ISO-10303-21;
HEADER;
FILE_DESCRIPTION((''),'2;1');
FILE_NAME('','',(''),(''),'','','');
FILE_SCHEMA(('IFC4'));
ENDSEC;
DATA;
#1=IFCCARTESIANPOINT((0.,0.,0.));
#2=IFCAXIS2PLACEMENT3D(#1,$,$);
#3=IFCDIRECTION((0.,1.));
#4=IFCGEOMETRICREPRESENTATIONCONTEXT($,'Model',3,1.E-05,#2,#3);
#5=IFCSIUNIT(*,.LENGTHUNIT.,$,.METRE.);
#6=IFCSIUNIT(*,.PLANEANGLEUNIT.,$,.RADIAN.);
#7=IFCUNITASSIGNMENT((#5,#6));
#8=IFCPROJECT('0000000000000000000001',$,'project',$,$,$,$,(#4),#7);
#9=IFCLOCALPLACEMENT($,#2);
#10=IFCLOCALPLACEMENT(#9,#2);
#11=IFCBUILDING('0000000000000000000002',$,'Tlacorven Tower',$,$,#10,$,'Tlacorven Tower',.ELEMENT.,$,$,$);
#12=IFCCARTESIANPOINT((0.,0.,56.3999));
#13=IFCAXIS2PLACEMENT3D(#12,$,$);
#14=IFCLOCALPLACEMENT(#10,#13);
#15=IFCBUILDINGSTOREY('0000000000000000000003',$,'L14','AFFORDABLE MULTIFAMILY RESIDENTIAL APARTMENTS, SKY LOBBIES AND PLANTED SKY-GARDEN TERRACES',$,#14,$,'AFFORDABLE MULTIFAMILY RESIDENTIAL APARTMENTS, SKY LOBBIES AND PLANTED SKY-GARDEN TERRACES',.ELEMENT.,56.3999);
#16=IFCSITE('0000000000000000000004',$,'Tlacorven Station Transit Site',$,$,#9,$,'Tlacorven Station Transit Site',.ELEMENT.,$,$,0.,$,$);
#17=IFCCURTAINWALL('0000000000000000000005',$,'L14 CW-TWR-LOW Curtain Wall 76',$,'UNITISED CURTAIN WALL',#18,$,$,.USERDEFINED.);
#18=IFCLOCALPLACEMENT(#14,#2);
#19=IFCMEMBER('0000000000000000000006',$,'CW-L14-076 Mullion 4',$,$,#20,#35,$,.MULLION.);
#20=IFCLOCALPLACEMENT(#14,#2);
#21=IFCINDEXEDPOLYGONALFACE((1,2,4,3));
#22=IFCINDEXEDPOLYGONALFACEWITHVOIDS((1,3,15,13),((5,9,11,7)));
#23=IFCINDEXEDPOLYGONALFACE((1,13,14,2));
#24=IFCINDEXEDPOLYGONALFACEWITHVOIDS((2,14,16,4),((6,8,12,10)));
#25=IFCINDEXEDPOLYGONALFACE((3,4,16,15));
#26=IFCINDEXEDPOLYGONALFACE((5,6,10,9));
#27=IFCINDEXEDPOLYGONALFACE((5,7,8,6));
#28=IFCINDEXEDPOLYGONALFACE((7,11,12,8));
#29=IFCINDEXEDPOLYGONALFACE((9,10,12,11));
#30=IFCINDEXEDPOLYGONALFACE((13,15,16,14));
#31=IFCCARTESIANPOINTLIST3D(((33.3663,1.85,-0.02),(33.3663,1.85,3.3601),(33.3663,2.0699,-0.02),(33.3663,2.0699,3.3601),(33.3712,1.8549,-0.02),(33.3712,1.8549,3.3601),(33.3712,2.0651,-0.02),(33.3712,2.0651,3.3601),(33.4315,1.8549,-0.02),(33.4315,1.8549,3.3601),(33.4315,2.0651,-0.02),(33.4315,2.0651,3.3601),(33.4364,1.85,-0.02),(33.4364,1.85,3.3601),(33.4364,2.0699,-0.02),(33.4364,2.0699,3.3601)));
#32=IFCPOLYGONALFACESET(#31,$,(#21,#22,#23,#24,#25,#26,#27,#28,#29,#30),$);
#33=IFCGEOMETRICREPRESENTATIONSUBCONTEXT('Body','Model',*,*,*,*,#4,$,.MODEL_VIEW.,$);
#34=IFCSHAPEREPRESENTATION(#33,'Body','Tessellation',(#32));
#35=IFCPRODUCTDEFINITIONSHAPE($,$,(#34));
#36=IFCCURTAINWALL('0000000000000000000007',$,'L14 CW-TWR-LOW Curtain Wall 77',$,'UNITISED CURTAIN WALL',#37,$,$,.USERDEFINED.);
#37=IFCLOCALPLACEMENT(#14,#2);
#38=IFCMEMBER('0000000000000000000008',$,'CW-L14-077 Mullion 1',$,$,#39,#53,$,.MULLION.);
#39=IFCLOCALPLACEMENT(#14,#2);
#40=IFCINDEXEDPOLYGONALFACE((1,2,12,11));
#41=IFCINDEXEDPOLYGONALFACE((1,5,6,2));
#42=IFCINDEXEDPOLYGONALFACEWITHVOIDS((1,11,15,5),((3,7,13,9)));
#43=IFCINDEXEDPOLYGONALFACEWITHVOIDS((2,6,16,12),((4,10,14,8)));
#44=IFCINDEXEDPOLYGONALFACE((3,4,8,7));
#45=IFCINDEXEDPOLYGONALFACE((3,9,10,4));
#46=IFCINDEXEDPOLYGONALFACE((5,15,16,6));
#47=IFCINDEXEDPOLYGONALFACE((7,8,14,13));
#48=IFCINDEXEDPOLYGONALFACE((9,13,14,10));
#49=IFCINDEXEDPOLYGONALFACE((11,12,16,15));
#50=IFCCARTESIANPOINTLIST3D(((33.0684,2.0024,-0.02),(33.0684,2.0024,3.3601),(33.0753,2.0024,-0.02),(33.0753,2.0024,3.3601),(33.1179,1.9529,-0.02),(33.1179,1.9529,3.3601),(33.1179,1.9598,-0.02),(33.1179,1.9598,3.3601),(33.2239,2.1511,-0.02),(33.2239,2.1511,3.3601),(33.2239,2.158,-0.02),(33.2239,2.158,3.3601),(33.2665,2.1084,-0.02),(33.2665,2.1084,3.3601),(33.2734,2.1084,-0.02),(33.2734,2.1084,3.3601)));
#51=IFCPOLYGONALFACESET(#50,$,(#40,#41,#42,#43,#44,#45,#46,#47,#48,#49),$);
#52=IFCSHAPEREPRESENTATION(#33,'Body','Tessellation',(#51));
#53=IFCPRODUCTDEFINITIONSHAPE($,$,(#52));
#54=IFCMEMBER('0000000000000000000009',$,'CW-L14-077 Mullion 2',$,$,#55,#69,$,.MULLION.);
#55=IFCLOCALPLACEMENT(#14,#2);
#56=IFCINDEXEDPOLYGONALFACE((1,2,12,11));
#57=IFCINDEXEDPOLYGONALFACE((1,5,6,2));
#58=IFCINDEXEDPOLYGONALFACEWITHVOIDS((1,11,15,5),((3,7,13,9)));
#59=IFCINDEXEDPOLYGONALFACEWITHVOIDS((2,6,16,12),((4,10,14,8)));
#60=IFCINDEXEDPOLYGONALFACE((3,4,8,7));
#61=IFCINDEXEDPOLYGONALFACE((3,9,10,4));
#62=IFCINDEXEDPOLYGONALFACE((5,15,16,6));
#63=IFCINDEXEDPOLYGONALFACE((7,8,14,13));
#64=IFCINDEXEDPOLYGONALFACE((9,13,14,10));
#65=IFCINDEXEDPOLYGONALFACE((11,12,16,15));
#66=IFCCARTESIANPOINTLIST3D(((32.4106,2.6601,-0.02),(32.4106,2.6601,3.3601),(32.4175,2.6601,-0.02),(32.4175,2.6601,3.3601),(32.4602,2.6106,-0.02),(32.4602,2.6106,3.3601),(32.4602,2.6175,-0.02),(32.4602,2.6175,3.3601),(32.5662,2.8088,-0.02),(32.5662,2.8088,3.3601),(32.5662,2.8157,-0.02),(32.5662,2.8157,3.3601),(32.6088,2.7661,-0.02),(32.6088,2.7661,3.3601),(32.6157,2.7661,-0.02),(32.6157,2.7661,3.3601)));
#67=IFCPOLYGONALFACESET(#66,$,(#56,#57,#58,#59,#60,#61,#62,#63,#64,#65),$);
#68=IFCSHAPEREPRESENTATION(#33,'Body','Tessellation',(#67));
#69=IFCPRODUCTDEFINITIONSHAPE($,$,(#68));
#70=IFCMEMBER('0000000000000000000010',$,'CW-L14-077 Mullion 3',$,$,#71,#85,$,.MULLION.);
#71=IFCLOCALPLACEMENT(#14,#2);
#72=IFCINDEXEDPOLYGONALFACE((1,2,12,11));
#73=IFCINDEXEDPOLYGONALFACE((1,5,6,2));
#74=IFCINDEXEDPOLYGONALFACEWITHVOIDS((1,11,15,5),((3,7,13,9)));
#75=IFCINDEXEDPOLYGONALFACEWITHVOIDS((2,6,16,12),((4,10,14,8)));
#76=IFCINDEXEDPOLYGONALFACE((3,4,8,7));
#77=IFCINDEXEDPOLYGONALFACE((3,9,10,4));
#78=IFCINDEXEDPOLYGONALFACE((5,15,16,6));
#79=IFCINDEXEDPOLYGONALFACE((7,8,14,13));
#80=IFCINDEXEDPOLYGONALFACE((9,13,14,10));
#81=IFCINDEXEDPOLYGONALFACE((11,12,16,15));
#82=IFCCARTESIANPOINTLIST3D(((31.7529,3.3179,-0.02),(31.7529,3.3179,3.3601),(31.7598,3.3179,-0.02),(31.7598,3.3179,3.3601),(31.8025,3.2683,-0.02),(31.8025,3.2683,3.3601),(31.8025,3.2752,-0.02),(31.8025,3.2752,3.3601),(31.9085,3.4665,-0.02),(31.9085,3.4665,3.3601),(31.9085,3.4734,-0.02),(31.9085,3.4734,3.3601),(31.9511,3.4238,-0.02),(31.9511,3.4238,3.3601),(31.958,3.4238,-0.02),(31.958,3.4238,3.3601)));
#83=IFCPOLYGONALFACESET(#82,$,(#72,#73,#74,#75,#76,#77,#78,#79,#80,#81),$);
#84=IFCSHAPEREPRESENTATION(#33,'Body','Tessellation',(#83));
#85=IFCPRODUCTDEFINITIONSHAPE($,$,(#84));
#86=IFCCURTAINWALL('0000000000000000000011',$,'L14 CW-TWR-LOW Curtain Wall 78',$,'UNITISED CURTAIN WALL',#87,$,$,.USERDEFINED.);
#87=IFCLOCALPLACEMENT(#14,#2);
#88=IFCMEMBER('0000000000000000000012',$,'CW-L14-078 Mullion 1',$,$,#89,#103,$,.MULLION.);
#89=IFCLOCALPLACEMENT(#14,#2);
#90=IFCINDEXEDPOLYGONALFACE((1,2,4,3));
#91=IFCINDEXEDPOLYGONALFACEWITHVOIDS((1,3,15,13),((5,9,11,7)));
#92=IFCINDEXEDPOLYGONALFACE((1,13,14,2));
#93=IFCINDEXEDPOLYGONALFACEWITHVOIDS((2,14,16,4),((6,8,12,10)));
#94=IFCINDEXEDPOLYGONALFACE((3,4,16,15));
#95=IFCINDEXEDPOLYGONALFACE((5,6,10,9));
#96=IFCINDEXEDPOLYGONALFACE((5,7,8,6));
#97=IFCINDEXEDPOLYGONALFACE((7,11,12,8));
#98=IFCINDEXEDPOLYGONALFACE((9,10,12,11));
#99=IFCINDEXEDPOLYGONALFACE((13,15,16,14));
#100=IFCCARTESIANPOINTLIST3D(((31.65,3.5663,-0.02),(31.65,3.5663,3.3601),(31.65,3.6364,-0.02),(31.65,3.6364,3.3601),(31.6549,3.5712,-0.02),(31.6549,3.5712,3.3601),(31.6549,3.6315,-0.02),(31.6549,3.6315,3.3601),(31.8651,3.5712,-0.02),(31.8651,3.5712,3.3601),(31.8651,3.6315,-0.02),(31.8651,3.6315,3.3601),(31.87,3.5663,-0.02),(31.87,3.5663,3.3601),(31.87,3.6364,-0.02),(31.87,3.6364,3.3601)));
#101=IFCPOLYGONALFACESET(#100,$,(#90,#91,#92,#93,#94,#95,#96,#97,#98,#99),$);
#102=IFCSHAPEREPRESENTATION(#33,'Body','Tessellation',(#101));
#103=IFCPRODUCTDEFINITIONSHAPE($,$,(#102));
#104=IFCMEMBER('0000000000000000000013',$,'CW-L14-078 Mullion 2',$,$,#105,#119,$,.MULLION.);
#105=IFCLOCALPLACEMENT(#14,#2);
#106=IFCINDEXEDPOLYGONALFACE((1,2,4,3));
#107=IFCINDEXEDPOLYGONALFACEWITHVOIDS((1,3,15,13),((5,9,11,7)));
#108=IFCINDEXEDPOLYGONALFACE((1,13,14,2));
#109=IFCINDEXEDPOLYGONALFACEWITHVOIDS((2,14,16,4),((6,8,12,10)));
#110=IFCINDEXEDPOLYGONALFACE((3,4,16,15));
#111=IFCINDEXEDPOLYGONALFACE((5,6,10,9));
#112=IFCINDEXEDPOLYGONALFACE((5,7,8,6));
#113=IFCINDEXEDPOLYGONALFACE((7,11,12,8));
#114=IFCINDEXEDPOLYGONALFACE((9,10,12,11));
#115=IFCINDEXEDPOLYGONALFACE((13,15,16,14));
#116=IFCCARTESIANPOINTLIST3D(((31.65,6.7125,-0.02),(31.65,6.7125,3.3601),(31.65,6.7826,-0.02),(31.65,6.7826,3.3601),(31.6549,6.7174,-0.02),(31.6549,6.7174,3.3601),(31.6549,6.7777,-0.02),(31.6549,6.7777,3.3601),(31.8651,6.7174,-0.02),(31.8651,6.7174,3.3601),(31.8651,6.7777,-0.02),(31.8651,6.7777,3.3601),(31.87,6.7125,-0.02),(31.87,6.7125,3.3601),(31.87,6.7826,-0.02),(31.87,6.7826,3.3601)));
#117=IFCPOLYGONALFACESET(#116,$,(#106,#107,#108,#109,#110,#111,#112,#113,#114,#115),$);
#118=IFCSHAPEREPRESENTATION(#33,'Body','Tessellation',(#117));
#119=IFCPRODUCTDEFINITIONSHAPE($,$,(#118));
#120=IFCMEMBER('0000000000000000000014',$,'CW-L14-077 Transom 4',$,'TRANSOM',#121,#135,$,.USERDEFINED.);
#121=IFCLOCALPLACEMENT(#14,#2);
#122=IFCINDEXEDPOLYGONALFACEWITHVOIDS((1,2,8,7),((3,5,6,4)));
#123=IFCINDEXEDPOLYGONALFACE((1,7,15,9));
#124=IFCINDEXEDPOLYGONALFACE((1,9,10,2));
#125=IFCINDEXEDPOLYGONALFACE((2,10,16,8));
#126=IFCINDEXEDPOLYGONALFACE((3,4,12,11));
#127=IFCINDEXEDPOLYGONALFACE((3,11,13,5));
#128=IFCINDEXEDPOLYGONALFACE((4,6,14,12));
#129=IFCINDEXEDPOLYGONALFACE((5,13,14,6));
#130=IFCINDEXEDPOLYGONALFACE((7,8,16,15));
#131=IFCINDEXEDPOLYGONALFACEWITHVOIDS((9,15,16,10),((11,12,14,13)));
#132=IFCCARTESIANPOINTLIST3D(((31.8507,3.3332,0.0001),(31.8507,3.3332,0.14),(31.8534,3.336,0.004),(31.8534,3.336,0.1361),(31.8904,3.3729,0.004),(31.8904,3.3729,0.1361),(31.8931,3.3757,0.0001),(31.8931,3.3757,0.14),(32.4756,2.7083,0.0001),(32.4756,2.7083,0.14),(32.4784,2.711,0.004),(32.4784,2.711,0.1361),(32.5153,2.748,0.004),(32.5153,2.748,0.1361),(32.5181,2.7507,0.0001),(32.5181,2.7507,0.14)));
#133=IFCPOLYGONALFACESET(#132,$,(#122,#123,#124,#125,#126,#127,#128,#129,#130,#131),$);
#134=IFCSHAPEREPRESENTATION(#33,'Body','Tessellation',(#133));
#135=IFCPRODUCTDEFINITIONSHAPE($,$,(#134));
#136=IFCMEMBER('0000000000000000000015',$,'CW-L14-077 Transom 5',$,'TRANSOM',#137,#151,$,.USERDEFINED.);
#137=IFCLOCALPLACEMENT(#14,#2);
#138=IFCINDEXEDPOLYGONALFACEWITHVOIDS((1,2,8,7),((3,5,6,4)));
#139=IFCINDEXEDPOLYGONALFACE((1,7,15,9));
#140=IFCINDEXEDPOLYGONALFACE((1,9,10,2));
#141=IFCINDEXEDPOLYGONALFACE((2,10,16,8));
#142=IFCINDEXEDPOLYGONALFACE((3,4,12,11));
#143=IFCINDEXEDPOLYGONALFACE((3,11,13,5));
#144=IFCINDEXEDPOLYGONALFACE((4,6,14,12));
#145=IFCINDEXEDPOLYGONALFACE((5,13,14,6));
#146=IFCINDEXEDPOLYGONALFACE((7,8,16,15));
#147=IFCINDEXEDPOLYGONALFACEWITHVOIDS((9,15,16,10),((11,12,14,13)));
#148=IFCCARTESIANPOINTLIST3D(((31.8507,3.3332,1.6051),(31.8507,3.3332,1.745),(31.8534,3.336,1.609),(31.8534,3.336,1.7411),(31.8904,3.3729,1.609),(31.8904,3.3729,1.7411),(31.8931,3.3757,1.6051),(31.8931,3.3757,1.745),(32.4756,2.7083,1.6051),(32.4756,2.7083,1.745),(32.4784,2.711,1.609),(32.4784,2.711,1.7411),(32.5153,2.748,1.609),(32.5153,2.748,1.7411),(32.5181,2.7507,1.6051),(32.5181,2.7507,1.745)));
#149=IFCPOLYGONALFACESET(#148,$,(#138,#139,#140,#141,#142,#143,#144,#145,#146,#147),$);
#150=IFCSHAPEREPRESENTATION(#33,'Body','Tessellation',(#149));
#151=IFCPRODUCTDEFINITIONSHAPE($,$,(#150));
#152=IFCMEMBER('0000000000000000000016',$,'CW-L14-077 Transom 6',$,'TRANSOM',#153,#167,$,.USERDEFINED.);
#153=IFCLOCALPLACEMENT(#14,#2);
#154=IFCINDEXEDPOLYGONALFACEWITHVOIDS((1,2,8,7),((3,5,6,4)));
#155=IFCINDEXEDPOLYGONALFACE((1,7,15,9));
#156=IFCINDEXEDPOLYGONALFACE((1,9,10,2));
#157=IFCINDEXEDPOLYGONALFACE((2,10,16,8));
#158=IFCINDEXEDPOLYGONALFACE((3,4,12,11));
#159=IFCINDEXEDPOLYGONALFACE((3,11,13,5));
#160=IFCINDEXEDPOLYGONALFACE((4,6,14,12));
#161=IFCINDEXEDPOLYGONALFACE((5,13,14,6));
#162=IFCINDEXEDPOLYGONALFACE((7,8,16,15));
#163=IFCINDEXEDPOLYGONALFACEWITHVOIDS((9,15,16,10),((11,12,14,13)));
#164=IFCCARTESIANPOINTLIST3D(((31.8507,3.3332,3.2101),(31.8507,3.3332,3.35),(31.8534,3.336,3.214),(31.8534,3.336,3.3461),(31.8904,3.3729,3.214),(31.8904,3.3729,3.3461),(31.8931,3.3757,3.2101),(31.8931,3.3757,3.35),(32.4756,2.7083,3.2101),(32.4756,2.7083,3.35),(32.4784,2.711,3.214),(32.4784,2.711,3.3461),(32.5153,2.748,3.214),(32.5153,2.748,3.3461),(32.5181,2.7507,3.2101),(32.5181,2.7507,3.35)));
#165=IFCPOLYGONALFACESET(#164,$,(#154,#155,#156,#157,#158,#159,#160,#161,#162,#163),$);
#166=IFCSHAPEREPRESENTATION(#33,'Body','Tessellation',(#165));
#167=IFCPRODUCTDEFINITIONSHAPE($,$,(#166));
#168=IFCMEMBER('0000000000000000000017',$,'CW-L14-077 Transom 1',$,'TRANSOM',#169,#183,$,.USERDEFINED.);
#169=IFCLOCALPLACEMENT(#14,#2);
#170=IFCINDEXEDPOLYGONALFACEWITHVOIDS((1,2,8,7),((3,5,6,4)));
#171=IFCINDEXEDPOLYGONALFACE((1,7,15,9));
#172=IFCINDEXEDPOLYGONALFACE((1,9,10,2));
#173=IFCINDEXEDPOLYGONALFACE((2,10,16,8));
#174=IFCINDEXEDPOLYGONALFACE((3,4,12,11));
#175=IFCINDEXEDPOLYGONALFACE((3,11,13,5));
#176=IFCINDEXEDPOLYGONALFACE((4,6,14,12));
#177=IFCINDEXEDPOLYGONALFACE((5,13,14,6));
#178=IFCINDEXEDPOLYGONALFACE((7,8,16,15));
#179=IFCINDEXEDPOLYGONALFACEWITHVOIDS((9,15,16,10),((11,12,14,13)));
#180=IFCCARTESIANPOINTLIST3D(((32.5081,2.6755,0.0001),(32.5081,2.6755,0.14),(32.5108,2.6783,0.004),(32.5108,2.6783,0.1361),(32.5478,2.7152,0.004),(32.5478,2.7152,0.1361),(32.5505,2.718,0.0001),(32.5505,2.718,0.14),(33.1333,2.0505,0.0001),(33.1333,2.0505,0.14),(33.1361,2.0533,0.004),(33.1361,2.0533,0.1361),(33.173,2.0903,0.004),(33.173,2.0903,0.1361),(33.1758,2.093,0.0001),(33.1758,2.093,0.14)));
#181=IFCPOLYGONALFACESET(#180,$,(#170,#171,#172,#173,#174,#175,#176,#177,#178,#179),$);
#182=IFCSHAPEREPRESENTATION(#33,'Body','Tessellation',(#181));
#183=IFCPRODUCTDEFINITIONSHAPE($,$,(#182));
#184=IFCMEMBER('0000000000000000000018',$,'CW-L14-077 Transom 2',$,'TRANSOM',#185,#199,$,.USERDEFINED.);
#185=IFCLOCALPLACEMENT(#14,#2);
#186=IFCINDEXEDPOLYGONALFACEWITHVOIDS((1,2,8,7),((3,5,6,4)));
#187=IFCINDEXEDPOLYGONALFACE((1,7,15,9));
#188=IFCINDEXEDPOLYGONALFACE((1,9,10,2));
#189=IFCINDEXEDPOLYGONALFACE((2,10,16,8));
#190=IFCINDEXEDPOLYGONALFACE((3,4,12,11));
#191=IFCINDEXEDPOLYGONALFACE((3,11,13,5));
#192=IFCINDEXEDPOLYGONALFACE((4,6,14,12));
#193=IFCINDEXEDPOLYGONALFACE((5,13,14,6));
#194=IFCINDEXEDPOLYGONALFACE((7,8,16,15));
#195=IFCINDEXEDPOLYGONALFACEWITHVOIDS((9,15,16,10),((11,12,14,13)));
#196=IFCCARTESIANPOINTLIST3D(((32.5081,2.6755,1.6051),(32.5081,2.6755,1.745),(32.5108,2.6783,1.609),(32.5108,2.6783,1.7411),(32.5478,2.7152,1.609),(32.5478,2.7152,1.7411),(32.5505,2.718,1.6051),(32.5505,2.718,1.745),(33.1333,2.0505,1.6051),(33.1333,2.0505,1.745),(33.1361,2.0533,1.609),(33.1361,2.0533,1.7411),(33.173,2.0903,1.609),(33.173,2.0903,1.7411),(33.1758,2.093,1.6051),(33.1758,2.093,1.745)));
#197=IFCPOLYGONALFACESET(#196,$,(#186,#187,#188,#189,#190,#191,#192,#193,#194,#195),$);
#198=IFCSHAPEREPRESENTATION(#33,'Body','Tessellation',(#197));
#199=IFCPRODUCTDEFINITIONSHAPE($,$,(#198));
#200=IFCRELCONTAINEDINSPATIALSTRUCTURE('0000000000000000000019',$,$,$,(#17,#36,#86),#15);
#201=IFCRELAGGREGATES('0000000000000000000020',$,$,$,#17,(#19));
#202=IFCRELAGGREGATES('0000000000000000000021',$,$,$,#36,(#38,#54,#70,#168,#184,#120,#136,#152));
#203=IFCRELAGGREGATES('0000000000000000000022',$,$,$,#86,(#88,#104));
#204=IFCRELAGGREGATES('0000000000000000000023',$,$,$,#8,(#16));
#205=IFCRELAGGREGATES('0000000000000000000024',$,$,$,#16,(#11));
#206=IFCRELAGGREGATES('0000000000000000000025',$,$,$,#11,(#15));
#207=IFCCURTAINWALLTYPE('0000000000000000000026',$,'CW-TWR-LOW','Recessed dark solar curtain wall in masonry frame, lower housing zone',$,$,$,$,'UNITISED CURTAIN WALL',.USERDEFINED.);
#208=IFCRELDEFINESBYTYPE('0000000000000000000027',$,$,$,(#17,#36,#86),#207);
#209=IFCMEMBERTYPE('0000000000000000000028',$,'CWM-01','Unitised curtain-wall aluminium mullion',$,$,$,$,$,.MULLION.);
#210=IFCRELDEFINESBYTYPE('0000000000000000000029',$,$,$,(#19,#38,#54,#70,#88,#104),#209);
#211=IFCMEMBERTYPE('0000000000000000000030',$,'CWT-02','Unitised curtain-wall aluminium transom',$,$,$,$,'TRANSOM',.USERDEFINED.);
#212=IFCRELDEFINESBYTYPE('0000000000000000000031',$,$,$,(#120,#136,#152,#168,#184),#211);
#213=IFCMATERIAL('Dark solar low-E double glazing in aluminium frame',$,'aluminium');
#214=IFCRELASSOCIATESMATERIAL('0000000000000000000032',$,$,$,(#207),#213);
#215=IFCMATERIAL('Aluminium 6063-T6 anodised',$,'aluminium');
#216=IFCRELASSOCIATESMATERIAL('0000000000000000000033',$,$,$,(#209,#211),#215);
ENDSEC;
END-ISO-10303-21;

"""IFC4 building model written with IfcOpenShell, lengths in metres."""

from ifc_helpers import new_model, si_unit, direction, frame, origin, origin_2d, place, context, subcontext, project, spatial, hollow_rectangle, extrude, source, transform, mapped, material, material_profile, profile_set, type_object, element, aggregate, save


model = new_model("IFC4")

# Units and contexts
model_context = context("Model", 3, precision=1e-05, world=origin(), true_north=direction((0.0, 1.0)))
body_context = subcontext(model_context, "Body", "Model", "MODEL_VIEW")
ifc_project = project(units=[si_unit("LENGTHUNIT", "METRE"), si_unit("PLANEANGLEUNIT", "RADIAN")], contexts=[model_context])

# Site, building, storey
site_placement = place(None, origin())
site = spatial("IfcSite", under=ifc_project, at=site_placement, Name="Tlacorven Station Transit Site", LongName="Tlacorven Station Transit Site", CompositionType="ELEMENT", RefElevation=0.0)
building_placement = place(site_placement, origin())
building = spatial("IfcBuilding", under=site, at=building_placement, Name="Tlacorven Tower", LongName="Tlacorven Tower", CompositionType="ELEMENT")
storey_placement = place(building_placement, frame((0.0, 0.0, 56.3999)))
storey = spatial("IfcBuildingStorey", under=building, at=storey_placement, Name="L14", Description="AFFORDABLE MULTIFAMILY RESIDENTIAL APARTMENTS, SKY LOBBIES AND PLANTED SKY-GARDEN TERRACES", LongName="AFFORDABLE MULTIFAMILY RESIDENTIAL APARTMENTS, SKY LOBBIES AND PLANTED SKY-GARDEN TERRACES", CompositionType="ELEMENT", Elevation=56.3999)

# Curtain wall, member
ifc_material_1 = material(Name="Dark solar low-E double glazing in aluminium frame", Category="aluminium")
curtain_wall_type = type_object("IfcCurtainWallType", Name="CW-TWR-LOW", Description="Recessed dark solar curtain wall in masonry frame, lower housing zone", ElementType="UNITISED CURTAIN WALL", PredefinedType="USERDEFINED", material=ifc_material_1)
curtain_wall_1_placement = place(storey_placement, origin())
curtain_wall_1 = element("IfcCurtainWall", 1, at=curtain_wall_1_placement, inside=storey, type_object=curtain_wall_type, Name="L14 CW-TWR-LOW Curtain Wall 76", ObjectType="UNITISED CURTAIN WALL", PredefinedType="USERDEFINED")
ifc_material_2 = material(Name="Aluminium 6063-T6 anodised", Category="aluminium")
ifc_material_profile_1 = material_profile(ifc_material_2, hollow_rectangle(XDim=0.0701, YDim=0.22, WallThickness=0.0049, at=origin_2d()), Name="ALU MULLION 70X220")
ifc_profile_set_1 = profile_set([ifc_material_profile_1], Name="Aluminium 6063-T6 anodised")
member_type_1 = type_object("IfcMemberType", Name="CWM-01", Description="Unitised curtain-wall aluminium mullion", PredefinedType="MULLION", material=ifc_profile_set_1)
shared_shape_1 = source(origin(), body_context, "Body", "SweptSolid", [
    extrude(hollow_rectangle(XDim=0.0701, YDim=0.22, WallThickness=0.0049, at=origin_2d()), origin(), (0.0, 0.0, 1.0), 3.3801),
])
member_1_placement = place(storey_placement, frame((33.4014, 1.96, -0.02), z_axis=(0.0, 0.0, 1.0), x_axis=(-1.0, 0.0, 0.0)))
member_1 = element("IfcMember", 2, at=member_1_placement, type_object=member_type_1, Name="CW-L14-076 Mullion 4", PredefinedType="MULLION", context=body_context, shape_type="MappedRepresentation", body=[
    mapped(shared_shape_1, transform((0.0, 0.0, 0.0), scale=1.0)),
])
aggregate(curtain_wall_1, [member_1])

# Curtain walls, members
curtain_wall_2_placement = place(storey_placement, origin())
curtain_wall_2 = element("IfcCurtainWall", 3, at=curtain_wall_2_placement, inside=storey, type_object=curtain_wall_type, Name="L14 CW-TWR-LOW Curtain Wall 77", ObjectType="UNITISED CURTAIN WALL", PredefinedType="USERDEFINED")
member_2_placement = place(storey_placement, frame((33.1709, 2.0554, -0.02), z_axis=(0.0, 0.0, 1.0), x_axis=(-0.707107, 0.707107, 0.0)))
member_2 = element("IfcMember", 4, at=member_2_placement, type_object=member_type_1, Name="CW-L14-077 Mullion 1", PredefinedType="MULLION", context=body_context, shape_type="MappedRepresentation", body=[
    mapped(shared_shape_1, transform((0.0, 0.0, 0.0), scale=1.0)),
])
member_3_placement = place(storey_placement, frame((32.5132, 2.7131, -0.02), z_axis=(0.0, 0.0, 1.0), x_axis=(-0.707107, 0.707107, 0.0)))
member_3 = element("IfcMember", 5, at=member_3_placement, type_object=member_type_1, Name="CW-L14-077 Mullion 2", PredefinedType="MULLION", context=body_context, shape_type="MappedRepresentation", body=[
    mapped(shared_shape_1, transform((0.0, 0.0, 0.0), scale=1.0)),
])
member_4_placement = place(storey_placement, frame((31.8555, 3.3708, -0.02), z_axis=(0.0, 0.0, 1.0), x_axis=(-0.707107, 0.707107, 0.0)))
member_4 = element("IfcMember", 6, at=member_4_placement, type_object=member_type_1, Name="CW-L14-077 Mullion 3", PredefinedType="MULLION", context=body_context, shape_type="MappedRepresentation", body=[
    mapped(shared_shape_1, transform((0.0, 0.0, 0.0), scale=1.0)),
])
curtain_wall_3_placement = place(storey_placement, origin())
curtain_wall_3 = element("IfcCurtainWall", 7, at=curtain_wall_3_placement, inside=storey, type_object=curtain_wall_type, Name="L14 CW-TWR-LOW Curtain Wall 78", ObjectType="UNITISED CURTAIN WALL", PredefinedType="USERDEFINED")
member_5_placement = place(storey_placement, frame((31.76, 3.6013, -0.02), z_axis=(0.0, 0.0, 1.0), x_axis=(0.0, 1.0, 0.0)))
member_5 = element("IfcMember", 8, at=member_5_placement, type_object=member_type_1, Name="CW-L14-078 Mullion 1", PredefinedType="MULLION", context=body_context, shape_type="MappedRepresentation", body=[
    mapped(shared_shape_1, transform((0.0, 0.0, 0.0), scale=1.0)),
])
member_6_placement = place(storey_placement, frame((31.76, 6.7476, -0.02), z_axis=(0.0, 0.0, 1.0), x_axis=(0.0, 1.0, 0.0)))
member_6 = element("IfcMember", 9, at=member_6_placement, type_object=member_type_1, Name="CW-L14-078 Mullion 2", PredefinedType="MULLION", context=body_context, shape_type="MappedRepresentation", body=[
    mapped(shared_shape_1, transform((0.0, 0.0, 0.0), scale=1.0)),
])

# Members
ifc_material_profile_2 = material_profile(ifc_material_2, hollow_rectangle(XDim=0.0601, YDim=0.1399, WallThickness=0.0039, at=origin_2d()), Name="ALU TRANSOM 60X140")
ifc_profile_set_2 = profile_set([ifc_material_profile_2], Name="Aluminium 6063-T6 anodised")
member_type_2 = type_object("IfcMemberType", Name="CWT-02", Description="Unitised curtain-wall aluminium transom", ElementType="TRANSOM", PredefinedType="USERDEFINED", material=ifc_profile_set_2)
shared_shape_2 = source(origin(), body_context, "Body", "SweptSolid", [
    extrude(hollow_rectangle(XDim=0.0601, YDim=0.1399, WallThickness=0.0039, at=origin_2d()), origin(), (0.0, 0.0, 1.0), 0.8838),
])
member_7_placement = place(storey_placement, frame((32.4968, 2.7295, 0.0701), z_axis=(-0.707107, 0.707107, 0.0), x_axis=(-0.707107, -0.707107, 0.0)))
member_7 = element("IfcMember", 10, at=member_7_placement, type_object=member_type_2, Name="CW-L14-077 Transom 4", ObjectType="TRANSOM", PredefinedType="USERDEFINED", context=body_context, shape_type="MappedRepresentation", body=[
    mapped(shared_shape_2, transform((0.0, 0.0, 0.0), scale=1.0)),
])
member_8_placement = place(storey_placement, frame((32.4968, 2.7295, 1.675), z_axis=(-0.707107, 0.707107, 0.0), x_axis=(-0.707107, -0.707107, 0.0)))
member_8 = element("IfcMember", 11, at=member_8_placement, type_object=member_type_2, Name="CW-L14-077 Transom 5", ObjectType="TRANSOM", PredefinedType="USERDEFINED", context=body_context, shape_type="MappedRepresentation", body=[
    mapped(shared_shape_2, transform((0.0, 0.0, 0.0), scale=1.0)),
])
member_9_placement = place(storey_placement, frame((32.4968, 2.7295, 3.28), z_axis=(-0.707107, 0.707107, 0.0), x_axis=(-0.707107, -0.707107, 0.0)))
member_9 = element("IfcMember", 12, at=member_9_placement, type_object=member_type_2, Name="CW-L14-077 Transom 6", ObjectType="TRANSOM", PredefinedType="USERDEFINED", context=body_context, shape_type="MappedRepresentation", body=[
    mapped(shared_shape_2, transform((0.0, 0.0, 0.0), scale=1.0)),
])
shared_shape_3 = source(origin(), body_context, "Body", "SweptSolid", [
    extrude(hollow_rectangle(XDim=0.0601, YDim=0.1399, WallThickness=0.0039, at=origin_2d()), origin(), (0.0, 0.0, 1.0), 0.884),
])
member_10_placement = place(storey_placement, frame((33.1545, 2.0718, 0.0701), z_axis=(-0.707245, 0.706969, 0.0), x_axis=(-0.706969, -0.707245, 0.0)))
member_10 = element("IfcMember", 13, at=member_10_placement, type_object=member_type_2, Name="CW-L14-077 Transom 1", ObjectType="TRANSOM", PredefinedType="USERDEFINED", context=body_context, shape_type="MappedRepresentation", body=[
    mapped(shared_shape_3, transform((0.0, 0.0, 0.0), scale=1.0)),
])
member_11_placement = place(storey_placement, frame((33.1545, 2.0718, 1.675), z_axis=(-0.707245, 0.706969, 0.0), x_axis=(-0.706969, -0.707245, 0.0)))
member_11 = element("IfcMember", 14, at=member_11_placement, type_object=member_type_2, Name="CW-L14-077 Transom 2", ObjectType="TRANSOM", PredefinedType="USERDEFINED", context=body_context, shape_type="MappedRepresentation", body=[
    mapped(shared_shape_3, transform((0.0, 0.0, 0.0), scale=1.0)),
])

aggregate(curtain_wall_2, [member_2, member_3, member_4, member_10, member_11, member_7, member_8, member_9])
aggregate(curtain_wall_3, [member_5, member_6])

save(model, "model.ifc")
